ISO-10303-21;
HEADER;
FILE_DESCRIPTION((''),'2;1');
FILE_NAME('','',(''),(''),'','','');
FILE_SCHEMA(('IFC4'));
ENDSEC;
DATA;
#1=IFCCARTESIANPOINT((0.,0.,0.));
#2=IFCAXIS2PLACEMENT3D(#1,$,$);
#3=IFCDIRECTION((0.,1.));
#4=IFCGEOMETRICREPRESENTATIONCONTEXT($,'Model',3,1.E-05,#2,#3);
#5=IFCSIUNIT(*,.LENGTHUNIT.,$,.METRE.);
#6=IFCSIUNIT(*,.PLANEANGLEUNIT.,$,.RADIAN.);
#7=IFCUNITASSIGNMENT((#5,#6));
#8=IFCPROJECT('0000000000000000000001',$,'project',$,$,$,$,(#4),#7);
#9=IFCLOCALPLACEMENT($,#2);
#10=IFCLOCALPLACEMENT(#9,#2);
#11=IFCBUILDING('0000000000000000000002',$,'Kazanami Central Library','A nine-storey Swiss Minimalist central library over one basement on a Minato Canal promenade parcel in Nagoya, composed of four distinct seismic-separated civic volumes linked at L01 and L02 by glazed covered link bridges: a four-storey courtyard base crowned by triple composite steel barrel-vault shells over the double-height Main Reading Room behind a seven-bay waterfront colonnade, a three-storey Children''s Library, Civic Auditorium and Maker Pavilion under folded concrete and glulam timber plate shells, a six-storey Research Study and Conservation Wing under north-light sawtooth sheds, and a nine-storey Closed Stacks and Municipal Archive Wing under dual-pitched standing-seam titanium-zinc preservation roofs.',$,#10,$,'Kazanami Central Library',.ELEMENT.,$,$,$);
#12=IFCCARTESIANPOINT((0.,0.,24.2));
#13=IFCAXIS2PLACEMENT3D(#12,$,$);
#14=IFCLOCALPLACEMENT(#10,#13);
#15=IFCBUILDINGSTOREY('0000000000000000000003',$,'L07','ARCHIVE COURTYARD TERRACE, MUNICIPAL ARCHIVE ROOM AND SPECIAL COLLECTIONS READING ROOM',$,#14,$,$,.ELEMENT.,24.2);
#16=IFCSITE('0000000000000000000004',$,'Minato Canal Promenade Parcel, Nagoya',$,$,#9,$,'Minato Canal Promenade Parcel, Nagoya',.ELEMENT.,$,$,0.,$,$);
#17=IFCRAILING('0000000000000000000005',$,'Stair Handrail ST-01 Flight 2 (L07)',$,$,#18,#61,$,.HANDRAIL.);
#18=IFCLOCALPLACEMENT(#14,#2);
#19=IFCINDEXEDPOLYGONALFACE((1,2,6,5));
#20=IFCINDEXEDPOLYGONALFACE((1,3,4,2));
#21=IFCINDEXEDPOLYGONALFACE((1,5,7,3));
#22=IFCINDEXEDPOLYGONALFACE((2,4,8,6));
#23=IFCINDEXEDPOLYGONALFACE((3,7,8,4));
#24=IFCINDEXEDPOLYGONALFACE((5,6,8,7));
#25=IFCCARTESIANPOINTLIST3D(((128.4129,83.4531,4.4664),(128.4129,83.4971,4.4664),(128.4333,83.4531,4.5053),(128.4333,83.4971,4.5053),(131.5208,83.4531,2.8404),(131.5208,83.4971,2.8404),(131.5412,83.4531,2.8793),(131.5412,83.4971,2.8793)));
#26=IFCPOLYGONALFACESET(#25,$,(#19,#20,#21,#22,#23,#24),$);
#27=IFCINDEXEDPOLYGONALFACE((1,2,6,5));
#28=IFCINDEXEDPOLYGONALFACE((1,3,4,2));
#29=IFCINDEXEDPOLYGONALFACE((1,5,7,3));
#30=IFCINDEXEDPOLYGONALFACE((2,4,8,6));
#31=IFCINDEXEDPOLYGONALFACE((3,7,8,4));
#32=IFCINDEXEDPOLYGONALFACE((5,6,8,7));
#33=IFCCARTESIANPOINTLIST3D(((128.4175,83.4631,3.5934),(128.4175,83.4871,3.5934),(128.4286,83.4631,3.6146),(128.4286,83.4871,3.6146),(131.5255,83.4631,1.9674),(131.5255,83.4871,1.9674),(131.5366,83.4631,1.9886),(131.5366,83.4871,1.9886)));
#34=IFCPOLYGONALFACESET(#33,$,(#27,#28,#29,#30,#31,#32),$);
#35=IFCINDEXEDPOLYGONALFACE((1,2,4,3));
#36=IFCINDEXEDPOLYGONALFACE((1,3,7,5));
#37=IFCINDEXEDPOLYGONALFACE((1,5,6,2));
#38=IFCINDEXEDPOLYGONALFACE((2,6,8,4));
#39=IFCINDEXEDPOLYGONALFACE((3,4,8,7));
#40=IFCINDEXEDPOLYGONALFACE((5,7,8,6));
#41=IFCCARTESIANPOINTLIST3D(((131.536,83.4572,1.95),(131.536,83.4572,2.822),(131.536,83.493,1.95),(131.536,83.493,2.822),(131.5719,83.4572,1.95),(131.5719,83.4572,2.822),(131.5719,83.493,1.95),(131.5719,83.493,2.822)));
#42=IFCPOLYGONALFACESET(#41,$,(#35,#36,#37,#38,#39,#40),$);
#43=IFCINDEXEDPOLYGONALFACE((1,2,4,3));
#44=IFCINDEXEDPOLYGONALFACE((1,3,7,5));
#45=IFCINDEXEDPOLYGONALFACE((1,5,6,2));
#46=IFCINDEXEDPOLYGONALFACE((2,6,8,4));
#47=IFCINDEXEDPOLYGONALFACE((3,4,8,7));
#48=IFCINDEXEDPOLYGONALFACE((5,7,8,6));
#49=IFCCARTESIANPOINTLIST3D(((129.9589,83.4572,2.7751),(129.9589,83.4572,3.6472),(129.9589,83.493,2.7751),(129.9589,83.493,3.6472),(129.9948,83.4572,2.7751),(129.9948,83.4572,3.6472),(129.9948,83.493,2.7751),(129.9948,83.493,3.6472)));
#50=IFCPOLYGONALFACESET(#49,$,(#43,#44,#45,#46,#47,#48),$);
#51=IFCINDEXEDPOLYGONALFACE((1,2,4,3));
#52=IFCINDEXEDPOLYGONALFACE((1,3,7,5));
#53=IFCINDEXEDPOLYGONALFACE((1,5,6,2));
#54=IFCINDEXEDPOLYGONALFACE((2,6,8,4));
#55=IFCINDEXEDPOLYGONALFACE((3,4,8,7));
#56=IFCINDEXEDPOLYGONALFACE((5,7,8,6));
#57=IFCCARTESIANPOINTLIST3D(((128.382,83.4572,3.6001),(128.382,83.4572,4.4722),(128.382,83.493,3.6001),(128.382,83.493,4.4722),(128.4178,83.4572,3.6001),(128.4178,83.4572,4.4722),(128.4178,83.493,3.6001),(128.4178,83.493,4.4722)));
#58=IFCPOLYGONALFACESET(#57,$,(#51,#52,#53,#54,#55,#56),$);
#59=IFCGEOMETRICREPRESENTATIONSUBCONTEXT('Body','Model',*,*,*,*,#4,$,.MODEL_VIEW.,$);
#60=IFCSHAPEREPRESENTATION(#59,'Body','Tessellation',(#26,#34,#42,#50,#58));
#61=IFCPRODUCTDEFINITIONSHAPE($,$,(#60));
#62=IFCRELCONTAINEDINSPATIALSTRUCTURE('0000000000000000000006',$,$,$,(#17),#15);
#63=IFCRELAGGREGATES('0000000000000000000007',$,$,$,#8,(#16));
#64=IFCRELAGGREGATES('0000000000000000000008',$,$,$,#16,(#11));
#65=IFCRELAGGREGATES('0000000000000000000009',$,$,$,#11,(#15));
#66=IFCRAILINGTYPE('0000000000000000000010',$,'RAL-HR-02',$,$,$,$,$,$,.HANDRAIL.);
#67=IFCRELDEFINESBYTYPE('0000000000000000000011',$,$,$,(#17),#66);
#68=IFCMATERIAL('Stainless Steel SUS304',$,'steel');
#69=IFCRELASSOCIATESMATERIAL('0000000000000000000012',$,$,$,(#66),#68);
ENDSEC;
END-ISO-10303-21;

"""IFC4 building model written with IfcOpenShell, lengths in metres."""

from ifc_helpers import new_model, si_unit, direction, frame, origin, origin_2d, place, context, subcontext, project, spatial, rectangle, extrude, material, type_object, element, save


model = new_model("IFC4")

# Units and contexts
model_context = context("Model", 3, precision=1e-05, world=origin(), true_north=direction((0.0, 1.0)))
body_context = subcontext(model_context, "Body", "Model", "MODEL_VIEW")
ifc_project = project(units=[si_unit("LENGTHUNIT", "METRE"), si_unit("PLANEANGLEUNIT", "RADIAN")], contexts=[model_context])

# Site, building, storey
site_placement = place(None, origin())
site = spatial("IfcSite", under=ifc_project, at=site_placement, Name="Minato Canal Promenade Parcel, Nagoya", LongName="Minato Canal Promenade Parcel, Nagoya", CompositionType="ELEMENT", RefElevation=0.0)
building_placement = place(site_placement, origin())
building = spatial("IfcBuilding", under=site, at=building_placement, Name="Kazanami Central Library", Description="A nine-storey Swiss Minimalist central library over one basement on a Minato Canal promenade parcel in Nagoya, composed of four distinct seismic-separated civic volumes linked at L01 and L02 by glazed covered link bridges: a four-storey courtyard base crowned by triple composite steel barrel-vault shells over the double-height Main Reading Room behind a seven-bay waterfront colonnade, a three-storey Children's Library, Civic Auditorium and Maker Pavilion under folded concrete and glulam timber plate shells, a six-storey Research Study and Conservation Wing under north-light sawtooth sheds, and a nine-storey Closed Stacks and Municipal Archive Wing under dual-pitched standing-seam titanium-zinc preservation roofs.", LongName="Kazanami Central Library", CompositionType="ELEMENT")
storey_placement = place(building_placement, frame((0.0, 0.0, 24.2)))
storey = spatial("IfcBuildingStorey", under=building, at=storey_placement, Name="L07", Description="ARCHIVE COURTYARD TERRACE, MUNICIPAL ARCHIVE ROOM AND SPECIAL COLLECTIONS READING ROOM", CompositionType="ELEMENT", Elevation=24.2)

# Railing
ifc_material_1 = material(Name="Stainless Steel SUS304", Category="steel")
railing_type = type_object("IfcRailingType", Name="RAL-HR-02", PredefinedType="HANDRAIL", material=ifc_material_1)
railing_placement = place(storey_placement, frame((131.554, 83.4751, 1.95)))
element("IfcRailing", 1, at=railing_placement, inside=storey, type_object=railing_type, Name="Stair Handrail ST-01 Flight 2 (L07)", PredefinedType="HANDRAIL", context=body_context, shape_type="SweptSolid", body=[
    extrude(rectangle(XDim=0.0439, YDim=0.0439, at=origin_2d()), frame((-0.0229, 0.0, 0.9099), z_axis=(-0.88606, 0.0, 0.463571), x_axis=(0.0, -1.0, 0.0)), (0.0, 0.0, 1.0), 3.5076),
    extrude(rectangle(XDim=0.0239, YDim=0.0239, at=origin_2d()), frame((-0.0229, 0.0, 0.0281), z_axis=(-0.88606, 0.0, 0.463571), x_axis=(0.0, -1.0, 0.0)), (0.0, 0.0, 1.0), 3.5076),
    extrude(rectangle(XDim=0.0359, YDim=0.0359, at=origin_2d()), origin(), (0.0, 0.0, 1.0), 0.8721),
    extrude(rectangle(XDim=0.0359, YDim=0.0359, at=origin_2d()), frame((-1.5771, 0.0, 0.8252)), (0.0, 0.0, 1.0), 0.8721),
    extrude(rectangle(XDim=0.0359, YDim=0.0359, at=origin_2d()), frame((-3.1541, 0.0, 1.6501)), (0.0, 0.0, 1.0), 0.8721),
])

save(model, "model.ifc")
